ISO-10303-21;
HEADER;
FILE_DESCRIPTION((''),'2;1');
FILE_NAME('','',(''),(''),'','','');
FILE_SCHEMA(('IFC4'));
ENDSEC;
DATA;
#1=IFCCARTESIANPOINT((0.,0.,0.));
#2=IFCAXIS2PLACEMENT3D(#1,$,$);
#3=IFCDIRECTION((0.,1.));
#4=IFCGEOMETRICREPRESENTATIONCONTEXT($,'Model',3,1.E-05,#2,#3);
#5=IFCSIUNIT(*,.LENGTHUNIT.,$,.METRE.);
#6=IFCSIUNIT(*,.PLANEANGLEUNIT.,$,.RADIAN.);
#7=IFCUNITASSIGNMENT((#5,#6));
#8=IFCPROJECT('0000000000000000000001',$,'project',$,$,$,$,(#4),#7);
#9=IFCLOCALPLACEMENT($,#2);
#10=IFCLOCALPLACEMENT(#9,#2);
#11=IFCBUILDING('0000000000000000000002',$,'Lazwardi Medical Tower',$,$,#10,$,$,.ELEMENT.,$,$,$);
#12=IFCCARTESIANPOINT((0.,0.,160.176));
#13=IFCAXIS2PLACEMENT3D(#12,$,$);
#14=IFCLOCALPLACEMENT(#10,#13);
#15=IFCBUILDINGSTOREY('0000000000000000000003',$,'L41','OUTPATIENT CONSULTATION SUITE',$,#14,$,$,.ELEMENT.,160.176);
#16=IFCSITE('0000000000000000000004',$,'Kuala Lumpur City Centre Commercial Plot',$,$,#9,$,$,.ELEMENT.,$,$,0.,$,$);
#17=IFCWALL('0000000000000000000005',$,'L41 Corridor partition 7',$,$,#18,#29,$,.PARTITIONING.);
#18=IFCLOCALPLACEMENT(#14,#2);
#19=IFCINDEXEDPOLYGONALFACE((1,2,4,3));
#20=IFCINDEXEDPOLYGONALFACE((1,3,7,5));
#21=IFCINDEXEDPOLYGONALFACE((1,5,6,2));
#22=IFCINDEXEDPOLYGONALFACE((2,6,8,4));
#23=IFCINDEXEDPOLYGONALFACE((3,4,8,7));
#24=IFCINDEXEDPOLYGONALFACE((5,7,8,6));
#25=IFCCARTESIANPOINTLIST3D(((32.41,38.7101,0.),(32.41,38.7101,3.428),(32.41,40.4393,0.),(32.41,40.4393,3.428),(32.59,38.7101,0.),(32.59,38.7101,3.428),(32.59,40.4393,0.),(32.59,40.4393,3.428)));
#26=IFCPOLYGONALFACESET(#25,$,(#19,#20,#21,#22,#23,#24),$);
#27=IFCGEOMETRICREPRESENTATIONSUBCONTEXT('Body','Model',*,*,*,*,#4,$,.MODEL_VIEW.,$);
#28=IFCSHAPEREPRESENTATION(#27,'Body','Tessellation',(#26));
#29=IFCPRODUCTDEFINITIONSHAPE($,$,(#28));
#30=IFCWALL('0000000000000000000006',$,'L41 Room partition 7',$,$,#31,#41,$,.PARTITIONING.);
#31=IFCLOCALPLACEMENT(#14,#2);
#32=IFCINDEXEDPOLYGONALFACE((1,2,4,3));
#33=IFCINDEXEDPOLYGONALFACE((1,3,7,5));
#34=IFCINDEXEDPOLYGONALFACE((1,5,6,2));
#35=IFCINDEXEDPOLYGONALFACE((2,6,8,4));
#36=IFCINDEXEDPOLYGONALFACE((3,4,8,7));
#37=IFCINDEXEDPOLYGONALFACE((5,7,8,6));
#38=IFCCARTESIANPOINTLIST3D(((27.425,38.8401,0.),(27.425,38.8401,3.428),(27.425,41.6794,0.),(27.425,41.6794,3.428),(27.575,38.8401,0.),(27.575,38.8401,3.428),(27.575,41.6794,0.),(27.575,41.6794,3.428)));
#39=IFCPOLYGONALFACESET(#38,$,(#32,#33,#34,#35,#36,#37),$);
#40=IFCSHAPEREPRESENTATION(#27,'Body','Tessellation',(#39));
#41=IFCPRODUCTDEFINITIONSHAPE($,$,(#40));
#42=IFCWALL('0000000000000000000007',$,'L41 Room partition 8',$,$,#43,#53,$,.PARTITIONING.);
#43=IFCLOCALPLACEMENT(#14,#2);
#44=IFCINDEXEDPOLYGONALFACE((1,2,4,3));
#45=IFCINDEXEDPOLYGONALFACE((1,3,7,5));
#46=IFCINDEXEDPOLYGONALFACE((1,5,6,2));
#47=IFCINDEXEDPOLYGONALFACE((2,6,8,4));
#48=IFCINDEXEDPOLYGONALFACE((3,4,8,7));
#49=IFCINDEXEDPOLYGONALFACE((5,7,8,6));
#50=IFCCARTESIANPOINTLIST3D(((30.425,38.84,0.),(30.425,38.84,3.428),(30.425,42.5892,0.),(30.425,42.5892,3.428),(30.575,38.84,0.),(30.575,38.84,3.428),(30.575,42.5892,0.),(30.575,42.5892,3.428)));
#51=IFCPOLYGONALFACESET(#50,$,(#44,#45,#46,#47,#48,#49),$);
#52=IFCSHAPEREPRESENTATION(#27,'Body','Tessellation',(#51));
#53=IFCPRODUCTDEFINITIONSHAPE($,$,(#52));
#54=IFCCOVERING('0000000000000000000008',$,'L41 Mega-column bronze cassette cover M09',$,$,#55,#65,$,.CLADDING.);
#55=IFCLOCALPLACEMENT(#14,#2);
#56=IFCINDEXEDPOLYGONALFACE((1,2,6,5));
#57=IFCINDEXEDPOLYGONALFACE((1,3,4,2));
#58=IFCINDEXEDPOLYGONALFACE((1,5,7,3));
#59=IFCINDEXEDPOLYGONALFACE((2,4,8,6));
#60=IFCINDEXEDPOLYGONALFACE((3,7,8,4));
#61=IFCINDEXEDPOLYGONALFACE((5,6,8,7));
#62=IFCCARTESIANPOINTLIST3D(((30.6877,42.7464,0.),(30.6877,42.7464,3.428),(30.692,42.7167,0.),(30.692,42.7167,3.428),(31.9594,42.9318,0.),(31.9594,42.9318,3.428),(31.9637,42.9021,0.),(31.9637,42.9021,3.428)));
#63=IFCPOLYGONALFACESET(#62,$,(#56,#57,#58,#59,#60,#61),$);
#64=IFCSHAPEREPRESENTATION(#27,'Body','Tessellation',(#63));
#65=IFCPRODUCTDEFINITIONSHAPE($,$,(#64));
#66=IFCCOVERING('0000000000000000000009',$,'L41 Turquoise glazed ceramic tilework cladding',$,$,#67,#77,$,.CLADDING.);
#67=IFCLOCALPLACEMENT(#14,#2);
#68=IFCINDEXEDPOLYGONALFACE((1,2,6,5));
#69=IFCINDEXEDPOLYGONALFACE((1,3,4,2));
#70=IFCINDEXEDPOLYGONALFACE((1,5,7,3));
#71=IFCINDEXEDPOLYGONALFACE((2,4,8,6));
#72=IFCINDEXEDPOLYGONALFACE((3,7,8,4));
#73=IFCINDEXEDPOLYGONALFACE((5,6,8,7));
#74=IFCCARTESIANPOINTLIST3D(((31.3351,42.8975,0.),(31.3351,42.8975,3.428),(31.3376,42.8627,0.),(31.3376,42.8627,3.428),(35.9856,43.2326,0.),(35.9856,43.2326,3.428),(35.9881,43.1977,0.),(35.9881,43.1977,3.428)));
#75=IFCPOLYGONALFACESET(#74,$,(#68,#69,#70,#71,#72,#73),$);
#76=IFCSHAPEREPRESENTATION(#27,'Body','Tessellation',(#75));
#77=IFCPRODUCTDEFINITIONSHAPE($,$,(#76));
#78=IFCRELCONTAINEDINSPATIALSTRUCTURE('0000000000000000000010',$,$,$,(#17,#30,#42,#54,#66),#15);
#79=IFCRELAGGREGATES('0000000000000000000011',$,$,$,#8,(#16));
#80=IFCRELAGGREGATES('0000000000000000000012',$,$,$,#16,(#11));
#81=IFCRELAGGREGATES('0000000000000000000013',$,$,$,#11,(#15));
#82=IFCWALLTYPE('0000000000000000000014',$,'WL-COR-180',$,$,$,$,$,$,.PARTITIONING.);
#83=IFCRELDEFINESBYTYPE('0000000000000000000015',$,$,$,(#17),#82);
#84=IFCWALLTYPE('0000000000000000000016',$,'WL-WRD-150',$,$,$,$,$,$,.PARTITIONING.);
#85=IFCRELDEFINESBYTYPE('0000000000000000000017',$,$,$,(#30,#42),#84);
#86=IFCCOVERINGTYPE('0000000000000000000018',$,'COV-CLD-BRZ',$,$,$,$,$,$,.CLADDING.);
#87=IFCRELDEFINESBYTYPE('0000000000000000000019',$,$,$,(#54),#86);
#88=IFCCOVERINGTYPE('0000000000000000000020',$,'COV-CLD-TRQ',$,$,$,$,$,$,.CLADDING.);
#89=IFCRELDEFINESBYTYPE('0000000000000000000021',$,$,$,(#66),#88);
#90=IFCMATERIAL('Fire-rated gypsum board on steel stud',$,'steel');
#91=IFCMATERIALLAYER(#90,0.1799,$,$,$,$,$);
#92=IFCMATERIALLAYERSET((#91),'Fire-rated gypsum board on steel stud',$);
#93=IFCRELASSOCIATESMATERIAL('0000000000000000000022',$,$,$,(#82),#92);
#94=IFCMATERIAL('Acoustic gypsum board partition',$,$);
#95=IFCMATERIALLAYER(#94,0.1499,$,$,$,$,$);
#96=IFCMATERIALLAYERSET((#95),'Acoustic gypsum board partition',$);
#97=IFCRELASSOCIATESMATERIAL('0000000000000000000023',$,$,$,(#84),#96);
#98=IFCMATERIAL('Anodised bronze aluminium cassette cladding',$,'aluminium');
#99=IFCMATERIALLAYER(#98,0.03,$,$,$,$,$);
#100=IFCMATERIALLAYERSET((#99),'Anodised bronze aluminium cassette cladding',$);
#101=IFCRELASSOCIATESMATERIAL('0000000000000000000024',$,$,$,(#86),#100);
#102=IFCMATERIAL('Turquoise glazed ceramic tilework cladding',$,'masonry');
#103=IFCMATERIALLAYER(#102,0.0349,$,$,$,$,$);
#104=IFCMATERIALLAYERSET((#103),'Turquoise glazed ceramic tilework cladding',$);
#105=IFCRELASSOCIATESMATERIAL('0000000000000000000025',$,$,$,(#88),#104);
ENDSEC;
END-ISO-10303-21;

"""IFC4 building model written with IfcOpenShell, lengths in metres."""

from ifc_helpers import new_model, si_unit, direction, frame, frame_2d, origin, origin_2d, place, context, subcontext, project, spatial, rectangle, extrude, material, layer, layer_set, type_object, element, save


model = new_model("IFC4")

# Units and contexts
model_context = context("Model", 3, precision=1e-05, world=origin(), true_north=direction((0.0, 1.0)))
body_context = subcontext(model_context, "Body", "Model", "MODEL_VIEW")
ifc_project = project(units=[si_unit("LENGTHUNIT", "METRE"), si_unit("PLANEANGLEUNIT", "RADIAN")], contexts=[model_context])

# Site, building, storey
site_placement = place(None, origin())
site = spatial("IfcSite", under=ifc_project, at=site_placement, Name="Kuala Lumpur City Centre Commercial Plot", CompositionType="ELEMENT", RefElevation=0.0)
building_placement = place(site_placement, origin())
building = spatial("IfcBuilding", under=site, at=building_placement, Name="Lazwardi Medical Tower", CompositionType="ELEMENT")
storey_placement = place(building_placement, frame((0.0, 0.0, 160.176)))
storey = spatial("IfcBuildingStorey", under=building, at=storey_placement, Name="L41", Description="OUTPATIENT CONSULTATION SUITE", CompositionType="ELEMENT", Elevation=160.176)

# Shared definitions
ifc_material_1 = material(Name="Fire-rated gypsum board on steel stud", Category="steel")
ifc_layer_1 = layer(ifc_material_1, 0.1799)
ifc_layer_set_1 = layer_set([ifc_layer_1], Name="Fire-rated gypsum board on steel stud")
wall_type_1 = type_object("IfcWallType", Name="WL-COR-180", PredefinedType="PARTITIONING", material=ifc_layer_set_1)

# Wall
wall_1_placement = place(storey_placement, frame((32.5, 38.71, 0.0), z_axis=(0.0, 0.0, 1.0), x_axis=(0.0, 1.0, 0.0)))
element("IfcWall", 1, at=wall_1_placement, inside=storey, type_object=wall_type_1, Name="L41 Corridor partition 7", PredefinedType="PARTITIONING", context=body_context, shape_type="SweptSolid", body=[
    extrude(rectangle(XDim=1.7292, YDim=0.1799, at=frame_2d((0.8647, 0.0))), origin(), (0.0, 0.0, 1.0), 3.428),
])

# Walls
ifc_material_2 = material(Name="Acoustic gypsum board partition")
ifc_layer_2 = layer(ifc_material_2, 0.1499)
ifc_layer_set_2 = layer_set([ifc_layer_2], Name="Acoustic gypsum board partition")
wall_type_2 = type_object("IfcWallType", Name="WL-WRD-150", PredefinedType="PARTITIONING", material=ifc_layer_set_2)
wall_2_placement = place(storey_placement, frame((27.5, 38.8401, 0.0), z_axis=(0.0, 0.0, 1.0), x_axis=(0.0, 1.0, 0.0)))
element("IfcWall", 2, at=wall_2_placement, inside=storey, type_object=wall_type_2, Name="L41 Room partition 7", PredefinedType="PARTITIONING", context=body_context, shape_type="SweptSolid", body=[
    extrude(rectangle(XDim=2.8394, YDim=0.1499, at=frame_2d((1.4197, 0.0))), origin(), (0.0, 0.0, 1.0), 3.428),
])
wall_3_placement = place(storey_placement, frame((30.5, 38.8401, 0.0), z_axis=(0.0, 0.0, 1.0), x_axis=(0.0, 1.0, 0.0)))
element("IfcWall", 3, at=wall_3_placement, inside=storey, type_object=wall_type_2, Name="L41 Room partition 8", PredefinedType="PARTITIONING", context=body_context, shape_type="SweptSolid", body=[
    extrude(rectangle(XDim=3.7493, YDim=0.1499, at=frame_2d((1.8745, 0.0))), origin(), (0.0, 0.0, 1.0), 3.428),
])

# Coverings
ifc_material_3 = material(Name="Anodised bronze aluminium cassette cladding", Category="aluminium")
ifc_layer_3 = layer(ifc_material_3, 0.03)
ifc_layer_set_3 = layer_set([ifc_layer_3], Name="Anodised bronze aluminium cassette cladding")
covering_type_1 = type_object("IfcCoveringType", Name="COV-CLD-BRZ", PredefinedType="CLADDING", material=ifc_layer_set_3)
covering_1_placement = place(storey_placement, frame((31.3257, 42.8242, 0.0), z_axis=(0.0, 0.0, 1.0), x_axis=(-0.989539, -0.144265, 0.0)))
element("IfcCovering", 4, at=covering_1_placement, inside=storey, type_object=covering_type_1, Name="L41 Mega-column bronze cassette cover M09", PredefinedType="CLADDING", context=body_context, shape_type="SweptSolid", body=[
    extrude(rectangle(XDim=1.2852, YDim=0.03, at=origin_2d()), origin(), (0.0, 0.0, 1.0), 3.428),
])
ifc_material_4 = material(Name="Turquoise glazed ceramic tilework cladding", Category="masonry")
ifc_layer_4 = layer(ifc_material_4, 0.0349)
ifc_layer_set_4 = layer_set([ifc_layer_4], Name="Turquoise glazed ceramic tilework cladding")
covering_type_2 = type_object("IfcCoveringType", Name="COV-CLD-TRQ", PredefinedType="CLADDING", material=ifc_layer_set_4)
covering_2_placement = place(storey_placement, frame((33.6616, 43.0476, 0.0), z_axis=(0.0, 0.0, 1.0), x_axis=(-0.997414, -0.071868, 0.0)))
element("IfcCovering", 5, at=covering_2_placement, inside=storey, type_object=covering_type_2, Name="L41 Turquoise glazed ceramic tilework cladding", PredefinedType="CLADDING", context=body_context, shape_type="SweptSolid", body=[
    extrude(rectangle(XDim=4.6626, YDim=0.0349, at=origin_2d()), origin(), (0.0, 0.0, 1.0), 3.428),
])

save(model, "model.ifc")
